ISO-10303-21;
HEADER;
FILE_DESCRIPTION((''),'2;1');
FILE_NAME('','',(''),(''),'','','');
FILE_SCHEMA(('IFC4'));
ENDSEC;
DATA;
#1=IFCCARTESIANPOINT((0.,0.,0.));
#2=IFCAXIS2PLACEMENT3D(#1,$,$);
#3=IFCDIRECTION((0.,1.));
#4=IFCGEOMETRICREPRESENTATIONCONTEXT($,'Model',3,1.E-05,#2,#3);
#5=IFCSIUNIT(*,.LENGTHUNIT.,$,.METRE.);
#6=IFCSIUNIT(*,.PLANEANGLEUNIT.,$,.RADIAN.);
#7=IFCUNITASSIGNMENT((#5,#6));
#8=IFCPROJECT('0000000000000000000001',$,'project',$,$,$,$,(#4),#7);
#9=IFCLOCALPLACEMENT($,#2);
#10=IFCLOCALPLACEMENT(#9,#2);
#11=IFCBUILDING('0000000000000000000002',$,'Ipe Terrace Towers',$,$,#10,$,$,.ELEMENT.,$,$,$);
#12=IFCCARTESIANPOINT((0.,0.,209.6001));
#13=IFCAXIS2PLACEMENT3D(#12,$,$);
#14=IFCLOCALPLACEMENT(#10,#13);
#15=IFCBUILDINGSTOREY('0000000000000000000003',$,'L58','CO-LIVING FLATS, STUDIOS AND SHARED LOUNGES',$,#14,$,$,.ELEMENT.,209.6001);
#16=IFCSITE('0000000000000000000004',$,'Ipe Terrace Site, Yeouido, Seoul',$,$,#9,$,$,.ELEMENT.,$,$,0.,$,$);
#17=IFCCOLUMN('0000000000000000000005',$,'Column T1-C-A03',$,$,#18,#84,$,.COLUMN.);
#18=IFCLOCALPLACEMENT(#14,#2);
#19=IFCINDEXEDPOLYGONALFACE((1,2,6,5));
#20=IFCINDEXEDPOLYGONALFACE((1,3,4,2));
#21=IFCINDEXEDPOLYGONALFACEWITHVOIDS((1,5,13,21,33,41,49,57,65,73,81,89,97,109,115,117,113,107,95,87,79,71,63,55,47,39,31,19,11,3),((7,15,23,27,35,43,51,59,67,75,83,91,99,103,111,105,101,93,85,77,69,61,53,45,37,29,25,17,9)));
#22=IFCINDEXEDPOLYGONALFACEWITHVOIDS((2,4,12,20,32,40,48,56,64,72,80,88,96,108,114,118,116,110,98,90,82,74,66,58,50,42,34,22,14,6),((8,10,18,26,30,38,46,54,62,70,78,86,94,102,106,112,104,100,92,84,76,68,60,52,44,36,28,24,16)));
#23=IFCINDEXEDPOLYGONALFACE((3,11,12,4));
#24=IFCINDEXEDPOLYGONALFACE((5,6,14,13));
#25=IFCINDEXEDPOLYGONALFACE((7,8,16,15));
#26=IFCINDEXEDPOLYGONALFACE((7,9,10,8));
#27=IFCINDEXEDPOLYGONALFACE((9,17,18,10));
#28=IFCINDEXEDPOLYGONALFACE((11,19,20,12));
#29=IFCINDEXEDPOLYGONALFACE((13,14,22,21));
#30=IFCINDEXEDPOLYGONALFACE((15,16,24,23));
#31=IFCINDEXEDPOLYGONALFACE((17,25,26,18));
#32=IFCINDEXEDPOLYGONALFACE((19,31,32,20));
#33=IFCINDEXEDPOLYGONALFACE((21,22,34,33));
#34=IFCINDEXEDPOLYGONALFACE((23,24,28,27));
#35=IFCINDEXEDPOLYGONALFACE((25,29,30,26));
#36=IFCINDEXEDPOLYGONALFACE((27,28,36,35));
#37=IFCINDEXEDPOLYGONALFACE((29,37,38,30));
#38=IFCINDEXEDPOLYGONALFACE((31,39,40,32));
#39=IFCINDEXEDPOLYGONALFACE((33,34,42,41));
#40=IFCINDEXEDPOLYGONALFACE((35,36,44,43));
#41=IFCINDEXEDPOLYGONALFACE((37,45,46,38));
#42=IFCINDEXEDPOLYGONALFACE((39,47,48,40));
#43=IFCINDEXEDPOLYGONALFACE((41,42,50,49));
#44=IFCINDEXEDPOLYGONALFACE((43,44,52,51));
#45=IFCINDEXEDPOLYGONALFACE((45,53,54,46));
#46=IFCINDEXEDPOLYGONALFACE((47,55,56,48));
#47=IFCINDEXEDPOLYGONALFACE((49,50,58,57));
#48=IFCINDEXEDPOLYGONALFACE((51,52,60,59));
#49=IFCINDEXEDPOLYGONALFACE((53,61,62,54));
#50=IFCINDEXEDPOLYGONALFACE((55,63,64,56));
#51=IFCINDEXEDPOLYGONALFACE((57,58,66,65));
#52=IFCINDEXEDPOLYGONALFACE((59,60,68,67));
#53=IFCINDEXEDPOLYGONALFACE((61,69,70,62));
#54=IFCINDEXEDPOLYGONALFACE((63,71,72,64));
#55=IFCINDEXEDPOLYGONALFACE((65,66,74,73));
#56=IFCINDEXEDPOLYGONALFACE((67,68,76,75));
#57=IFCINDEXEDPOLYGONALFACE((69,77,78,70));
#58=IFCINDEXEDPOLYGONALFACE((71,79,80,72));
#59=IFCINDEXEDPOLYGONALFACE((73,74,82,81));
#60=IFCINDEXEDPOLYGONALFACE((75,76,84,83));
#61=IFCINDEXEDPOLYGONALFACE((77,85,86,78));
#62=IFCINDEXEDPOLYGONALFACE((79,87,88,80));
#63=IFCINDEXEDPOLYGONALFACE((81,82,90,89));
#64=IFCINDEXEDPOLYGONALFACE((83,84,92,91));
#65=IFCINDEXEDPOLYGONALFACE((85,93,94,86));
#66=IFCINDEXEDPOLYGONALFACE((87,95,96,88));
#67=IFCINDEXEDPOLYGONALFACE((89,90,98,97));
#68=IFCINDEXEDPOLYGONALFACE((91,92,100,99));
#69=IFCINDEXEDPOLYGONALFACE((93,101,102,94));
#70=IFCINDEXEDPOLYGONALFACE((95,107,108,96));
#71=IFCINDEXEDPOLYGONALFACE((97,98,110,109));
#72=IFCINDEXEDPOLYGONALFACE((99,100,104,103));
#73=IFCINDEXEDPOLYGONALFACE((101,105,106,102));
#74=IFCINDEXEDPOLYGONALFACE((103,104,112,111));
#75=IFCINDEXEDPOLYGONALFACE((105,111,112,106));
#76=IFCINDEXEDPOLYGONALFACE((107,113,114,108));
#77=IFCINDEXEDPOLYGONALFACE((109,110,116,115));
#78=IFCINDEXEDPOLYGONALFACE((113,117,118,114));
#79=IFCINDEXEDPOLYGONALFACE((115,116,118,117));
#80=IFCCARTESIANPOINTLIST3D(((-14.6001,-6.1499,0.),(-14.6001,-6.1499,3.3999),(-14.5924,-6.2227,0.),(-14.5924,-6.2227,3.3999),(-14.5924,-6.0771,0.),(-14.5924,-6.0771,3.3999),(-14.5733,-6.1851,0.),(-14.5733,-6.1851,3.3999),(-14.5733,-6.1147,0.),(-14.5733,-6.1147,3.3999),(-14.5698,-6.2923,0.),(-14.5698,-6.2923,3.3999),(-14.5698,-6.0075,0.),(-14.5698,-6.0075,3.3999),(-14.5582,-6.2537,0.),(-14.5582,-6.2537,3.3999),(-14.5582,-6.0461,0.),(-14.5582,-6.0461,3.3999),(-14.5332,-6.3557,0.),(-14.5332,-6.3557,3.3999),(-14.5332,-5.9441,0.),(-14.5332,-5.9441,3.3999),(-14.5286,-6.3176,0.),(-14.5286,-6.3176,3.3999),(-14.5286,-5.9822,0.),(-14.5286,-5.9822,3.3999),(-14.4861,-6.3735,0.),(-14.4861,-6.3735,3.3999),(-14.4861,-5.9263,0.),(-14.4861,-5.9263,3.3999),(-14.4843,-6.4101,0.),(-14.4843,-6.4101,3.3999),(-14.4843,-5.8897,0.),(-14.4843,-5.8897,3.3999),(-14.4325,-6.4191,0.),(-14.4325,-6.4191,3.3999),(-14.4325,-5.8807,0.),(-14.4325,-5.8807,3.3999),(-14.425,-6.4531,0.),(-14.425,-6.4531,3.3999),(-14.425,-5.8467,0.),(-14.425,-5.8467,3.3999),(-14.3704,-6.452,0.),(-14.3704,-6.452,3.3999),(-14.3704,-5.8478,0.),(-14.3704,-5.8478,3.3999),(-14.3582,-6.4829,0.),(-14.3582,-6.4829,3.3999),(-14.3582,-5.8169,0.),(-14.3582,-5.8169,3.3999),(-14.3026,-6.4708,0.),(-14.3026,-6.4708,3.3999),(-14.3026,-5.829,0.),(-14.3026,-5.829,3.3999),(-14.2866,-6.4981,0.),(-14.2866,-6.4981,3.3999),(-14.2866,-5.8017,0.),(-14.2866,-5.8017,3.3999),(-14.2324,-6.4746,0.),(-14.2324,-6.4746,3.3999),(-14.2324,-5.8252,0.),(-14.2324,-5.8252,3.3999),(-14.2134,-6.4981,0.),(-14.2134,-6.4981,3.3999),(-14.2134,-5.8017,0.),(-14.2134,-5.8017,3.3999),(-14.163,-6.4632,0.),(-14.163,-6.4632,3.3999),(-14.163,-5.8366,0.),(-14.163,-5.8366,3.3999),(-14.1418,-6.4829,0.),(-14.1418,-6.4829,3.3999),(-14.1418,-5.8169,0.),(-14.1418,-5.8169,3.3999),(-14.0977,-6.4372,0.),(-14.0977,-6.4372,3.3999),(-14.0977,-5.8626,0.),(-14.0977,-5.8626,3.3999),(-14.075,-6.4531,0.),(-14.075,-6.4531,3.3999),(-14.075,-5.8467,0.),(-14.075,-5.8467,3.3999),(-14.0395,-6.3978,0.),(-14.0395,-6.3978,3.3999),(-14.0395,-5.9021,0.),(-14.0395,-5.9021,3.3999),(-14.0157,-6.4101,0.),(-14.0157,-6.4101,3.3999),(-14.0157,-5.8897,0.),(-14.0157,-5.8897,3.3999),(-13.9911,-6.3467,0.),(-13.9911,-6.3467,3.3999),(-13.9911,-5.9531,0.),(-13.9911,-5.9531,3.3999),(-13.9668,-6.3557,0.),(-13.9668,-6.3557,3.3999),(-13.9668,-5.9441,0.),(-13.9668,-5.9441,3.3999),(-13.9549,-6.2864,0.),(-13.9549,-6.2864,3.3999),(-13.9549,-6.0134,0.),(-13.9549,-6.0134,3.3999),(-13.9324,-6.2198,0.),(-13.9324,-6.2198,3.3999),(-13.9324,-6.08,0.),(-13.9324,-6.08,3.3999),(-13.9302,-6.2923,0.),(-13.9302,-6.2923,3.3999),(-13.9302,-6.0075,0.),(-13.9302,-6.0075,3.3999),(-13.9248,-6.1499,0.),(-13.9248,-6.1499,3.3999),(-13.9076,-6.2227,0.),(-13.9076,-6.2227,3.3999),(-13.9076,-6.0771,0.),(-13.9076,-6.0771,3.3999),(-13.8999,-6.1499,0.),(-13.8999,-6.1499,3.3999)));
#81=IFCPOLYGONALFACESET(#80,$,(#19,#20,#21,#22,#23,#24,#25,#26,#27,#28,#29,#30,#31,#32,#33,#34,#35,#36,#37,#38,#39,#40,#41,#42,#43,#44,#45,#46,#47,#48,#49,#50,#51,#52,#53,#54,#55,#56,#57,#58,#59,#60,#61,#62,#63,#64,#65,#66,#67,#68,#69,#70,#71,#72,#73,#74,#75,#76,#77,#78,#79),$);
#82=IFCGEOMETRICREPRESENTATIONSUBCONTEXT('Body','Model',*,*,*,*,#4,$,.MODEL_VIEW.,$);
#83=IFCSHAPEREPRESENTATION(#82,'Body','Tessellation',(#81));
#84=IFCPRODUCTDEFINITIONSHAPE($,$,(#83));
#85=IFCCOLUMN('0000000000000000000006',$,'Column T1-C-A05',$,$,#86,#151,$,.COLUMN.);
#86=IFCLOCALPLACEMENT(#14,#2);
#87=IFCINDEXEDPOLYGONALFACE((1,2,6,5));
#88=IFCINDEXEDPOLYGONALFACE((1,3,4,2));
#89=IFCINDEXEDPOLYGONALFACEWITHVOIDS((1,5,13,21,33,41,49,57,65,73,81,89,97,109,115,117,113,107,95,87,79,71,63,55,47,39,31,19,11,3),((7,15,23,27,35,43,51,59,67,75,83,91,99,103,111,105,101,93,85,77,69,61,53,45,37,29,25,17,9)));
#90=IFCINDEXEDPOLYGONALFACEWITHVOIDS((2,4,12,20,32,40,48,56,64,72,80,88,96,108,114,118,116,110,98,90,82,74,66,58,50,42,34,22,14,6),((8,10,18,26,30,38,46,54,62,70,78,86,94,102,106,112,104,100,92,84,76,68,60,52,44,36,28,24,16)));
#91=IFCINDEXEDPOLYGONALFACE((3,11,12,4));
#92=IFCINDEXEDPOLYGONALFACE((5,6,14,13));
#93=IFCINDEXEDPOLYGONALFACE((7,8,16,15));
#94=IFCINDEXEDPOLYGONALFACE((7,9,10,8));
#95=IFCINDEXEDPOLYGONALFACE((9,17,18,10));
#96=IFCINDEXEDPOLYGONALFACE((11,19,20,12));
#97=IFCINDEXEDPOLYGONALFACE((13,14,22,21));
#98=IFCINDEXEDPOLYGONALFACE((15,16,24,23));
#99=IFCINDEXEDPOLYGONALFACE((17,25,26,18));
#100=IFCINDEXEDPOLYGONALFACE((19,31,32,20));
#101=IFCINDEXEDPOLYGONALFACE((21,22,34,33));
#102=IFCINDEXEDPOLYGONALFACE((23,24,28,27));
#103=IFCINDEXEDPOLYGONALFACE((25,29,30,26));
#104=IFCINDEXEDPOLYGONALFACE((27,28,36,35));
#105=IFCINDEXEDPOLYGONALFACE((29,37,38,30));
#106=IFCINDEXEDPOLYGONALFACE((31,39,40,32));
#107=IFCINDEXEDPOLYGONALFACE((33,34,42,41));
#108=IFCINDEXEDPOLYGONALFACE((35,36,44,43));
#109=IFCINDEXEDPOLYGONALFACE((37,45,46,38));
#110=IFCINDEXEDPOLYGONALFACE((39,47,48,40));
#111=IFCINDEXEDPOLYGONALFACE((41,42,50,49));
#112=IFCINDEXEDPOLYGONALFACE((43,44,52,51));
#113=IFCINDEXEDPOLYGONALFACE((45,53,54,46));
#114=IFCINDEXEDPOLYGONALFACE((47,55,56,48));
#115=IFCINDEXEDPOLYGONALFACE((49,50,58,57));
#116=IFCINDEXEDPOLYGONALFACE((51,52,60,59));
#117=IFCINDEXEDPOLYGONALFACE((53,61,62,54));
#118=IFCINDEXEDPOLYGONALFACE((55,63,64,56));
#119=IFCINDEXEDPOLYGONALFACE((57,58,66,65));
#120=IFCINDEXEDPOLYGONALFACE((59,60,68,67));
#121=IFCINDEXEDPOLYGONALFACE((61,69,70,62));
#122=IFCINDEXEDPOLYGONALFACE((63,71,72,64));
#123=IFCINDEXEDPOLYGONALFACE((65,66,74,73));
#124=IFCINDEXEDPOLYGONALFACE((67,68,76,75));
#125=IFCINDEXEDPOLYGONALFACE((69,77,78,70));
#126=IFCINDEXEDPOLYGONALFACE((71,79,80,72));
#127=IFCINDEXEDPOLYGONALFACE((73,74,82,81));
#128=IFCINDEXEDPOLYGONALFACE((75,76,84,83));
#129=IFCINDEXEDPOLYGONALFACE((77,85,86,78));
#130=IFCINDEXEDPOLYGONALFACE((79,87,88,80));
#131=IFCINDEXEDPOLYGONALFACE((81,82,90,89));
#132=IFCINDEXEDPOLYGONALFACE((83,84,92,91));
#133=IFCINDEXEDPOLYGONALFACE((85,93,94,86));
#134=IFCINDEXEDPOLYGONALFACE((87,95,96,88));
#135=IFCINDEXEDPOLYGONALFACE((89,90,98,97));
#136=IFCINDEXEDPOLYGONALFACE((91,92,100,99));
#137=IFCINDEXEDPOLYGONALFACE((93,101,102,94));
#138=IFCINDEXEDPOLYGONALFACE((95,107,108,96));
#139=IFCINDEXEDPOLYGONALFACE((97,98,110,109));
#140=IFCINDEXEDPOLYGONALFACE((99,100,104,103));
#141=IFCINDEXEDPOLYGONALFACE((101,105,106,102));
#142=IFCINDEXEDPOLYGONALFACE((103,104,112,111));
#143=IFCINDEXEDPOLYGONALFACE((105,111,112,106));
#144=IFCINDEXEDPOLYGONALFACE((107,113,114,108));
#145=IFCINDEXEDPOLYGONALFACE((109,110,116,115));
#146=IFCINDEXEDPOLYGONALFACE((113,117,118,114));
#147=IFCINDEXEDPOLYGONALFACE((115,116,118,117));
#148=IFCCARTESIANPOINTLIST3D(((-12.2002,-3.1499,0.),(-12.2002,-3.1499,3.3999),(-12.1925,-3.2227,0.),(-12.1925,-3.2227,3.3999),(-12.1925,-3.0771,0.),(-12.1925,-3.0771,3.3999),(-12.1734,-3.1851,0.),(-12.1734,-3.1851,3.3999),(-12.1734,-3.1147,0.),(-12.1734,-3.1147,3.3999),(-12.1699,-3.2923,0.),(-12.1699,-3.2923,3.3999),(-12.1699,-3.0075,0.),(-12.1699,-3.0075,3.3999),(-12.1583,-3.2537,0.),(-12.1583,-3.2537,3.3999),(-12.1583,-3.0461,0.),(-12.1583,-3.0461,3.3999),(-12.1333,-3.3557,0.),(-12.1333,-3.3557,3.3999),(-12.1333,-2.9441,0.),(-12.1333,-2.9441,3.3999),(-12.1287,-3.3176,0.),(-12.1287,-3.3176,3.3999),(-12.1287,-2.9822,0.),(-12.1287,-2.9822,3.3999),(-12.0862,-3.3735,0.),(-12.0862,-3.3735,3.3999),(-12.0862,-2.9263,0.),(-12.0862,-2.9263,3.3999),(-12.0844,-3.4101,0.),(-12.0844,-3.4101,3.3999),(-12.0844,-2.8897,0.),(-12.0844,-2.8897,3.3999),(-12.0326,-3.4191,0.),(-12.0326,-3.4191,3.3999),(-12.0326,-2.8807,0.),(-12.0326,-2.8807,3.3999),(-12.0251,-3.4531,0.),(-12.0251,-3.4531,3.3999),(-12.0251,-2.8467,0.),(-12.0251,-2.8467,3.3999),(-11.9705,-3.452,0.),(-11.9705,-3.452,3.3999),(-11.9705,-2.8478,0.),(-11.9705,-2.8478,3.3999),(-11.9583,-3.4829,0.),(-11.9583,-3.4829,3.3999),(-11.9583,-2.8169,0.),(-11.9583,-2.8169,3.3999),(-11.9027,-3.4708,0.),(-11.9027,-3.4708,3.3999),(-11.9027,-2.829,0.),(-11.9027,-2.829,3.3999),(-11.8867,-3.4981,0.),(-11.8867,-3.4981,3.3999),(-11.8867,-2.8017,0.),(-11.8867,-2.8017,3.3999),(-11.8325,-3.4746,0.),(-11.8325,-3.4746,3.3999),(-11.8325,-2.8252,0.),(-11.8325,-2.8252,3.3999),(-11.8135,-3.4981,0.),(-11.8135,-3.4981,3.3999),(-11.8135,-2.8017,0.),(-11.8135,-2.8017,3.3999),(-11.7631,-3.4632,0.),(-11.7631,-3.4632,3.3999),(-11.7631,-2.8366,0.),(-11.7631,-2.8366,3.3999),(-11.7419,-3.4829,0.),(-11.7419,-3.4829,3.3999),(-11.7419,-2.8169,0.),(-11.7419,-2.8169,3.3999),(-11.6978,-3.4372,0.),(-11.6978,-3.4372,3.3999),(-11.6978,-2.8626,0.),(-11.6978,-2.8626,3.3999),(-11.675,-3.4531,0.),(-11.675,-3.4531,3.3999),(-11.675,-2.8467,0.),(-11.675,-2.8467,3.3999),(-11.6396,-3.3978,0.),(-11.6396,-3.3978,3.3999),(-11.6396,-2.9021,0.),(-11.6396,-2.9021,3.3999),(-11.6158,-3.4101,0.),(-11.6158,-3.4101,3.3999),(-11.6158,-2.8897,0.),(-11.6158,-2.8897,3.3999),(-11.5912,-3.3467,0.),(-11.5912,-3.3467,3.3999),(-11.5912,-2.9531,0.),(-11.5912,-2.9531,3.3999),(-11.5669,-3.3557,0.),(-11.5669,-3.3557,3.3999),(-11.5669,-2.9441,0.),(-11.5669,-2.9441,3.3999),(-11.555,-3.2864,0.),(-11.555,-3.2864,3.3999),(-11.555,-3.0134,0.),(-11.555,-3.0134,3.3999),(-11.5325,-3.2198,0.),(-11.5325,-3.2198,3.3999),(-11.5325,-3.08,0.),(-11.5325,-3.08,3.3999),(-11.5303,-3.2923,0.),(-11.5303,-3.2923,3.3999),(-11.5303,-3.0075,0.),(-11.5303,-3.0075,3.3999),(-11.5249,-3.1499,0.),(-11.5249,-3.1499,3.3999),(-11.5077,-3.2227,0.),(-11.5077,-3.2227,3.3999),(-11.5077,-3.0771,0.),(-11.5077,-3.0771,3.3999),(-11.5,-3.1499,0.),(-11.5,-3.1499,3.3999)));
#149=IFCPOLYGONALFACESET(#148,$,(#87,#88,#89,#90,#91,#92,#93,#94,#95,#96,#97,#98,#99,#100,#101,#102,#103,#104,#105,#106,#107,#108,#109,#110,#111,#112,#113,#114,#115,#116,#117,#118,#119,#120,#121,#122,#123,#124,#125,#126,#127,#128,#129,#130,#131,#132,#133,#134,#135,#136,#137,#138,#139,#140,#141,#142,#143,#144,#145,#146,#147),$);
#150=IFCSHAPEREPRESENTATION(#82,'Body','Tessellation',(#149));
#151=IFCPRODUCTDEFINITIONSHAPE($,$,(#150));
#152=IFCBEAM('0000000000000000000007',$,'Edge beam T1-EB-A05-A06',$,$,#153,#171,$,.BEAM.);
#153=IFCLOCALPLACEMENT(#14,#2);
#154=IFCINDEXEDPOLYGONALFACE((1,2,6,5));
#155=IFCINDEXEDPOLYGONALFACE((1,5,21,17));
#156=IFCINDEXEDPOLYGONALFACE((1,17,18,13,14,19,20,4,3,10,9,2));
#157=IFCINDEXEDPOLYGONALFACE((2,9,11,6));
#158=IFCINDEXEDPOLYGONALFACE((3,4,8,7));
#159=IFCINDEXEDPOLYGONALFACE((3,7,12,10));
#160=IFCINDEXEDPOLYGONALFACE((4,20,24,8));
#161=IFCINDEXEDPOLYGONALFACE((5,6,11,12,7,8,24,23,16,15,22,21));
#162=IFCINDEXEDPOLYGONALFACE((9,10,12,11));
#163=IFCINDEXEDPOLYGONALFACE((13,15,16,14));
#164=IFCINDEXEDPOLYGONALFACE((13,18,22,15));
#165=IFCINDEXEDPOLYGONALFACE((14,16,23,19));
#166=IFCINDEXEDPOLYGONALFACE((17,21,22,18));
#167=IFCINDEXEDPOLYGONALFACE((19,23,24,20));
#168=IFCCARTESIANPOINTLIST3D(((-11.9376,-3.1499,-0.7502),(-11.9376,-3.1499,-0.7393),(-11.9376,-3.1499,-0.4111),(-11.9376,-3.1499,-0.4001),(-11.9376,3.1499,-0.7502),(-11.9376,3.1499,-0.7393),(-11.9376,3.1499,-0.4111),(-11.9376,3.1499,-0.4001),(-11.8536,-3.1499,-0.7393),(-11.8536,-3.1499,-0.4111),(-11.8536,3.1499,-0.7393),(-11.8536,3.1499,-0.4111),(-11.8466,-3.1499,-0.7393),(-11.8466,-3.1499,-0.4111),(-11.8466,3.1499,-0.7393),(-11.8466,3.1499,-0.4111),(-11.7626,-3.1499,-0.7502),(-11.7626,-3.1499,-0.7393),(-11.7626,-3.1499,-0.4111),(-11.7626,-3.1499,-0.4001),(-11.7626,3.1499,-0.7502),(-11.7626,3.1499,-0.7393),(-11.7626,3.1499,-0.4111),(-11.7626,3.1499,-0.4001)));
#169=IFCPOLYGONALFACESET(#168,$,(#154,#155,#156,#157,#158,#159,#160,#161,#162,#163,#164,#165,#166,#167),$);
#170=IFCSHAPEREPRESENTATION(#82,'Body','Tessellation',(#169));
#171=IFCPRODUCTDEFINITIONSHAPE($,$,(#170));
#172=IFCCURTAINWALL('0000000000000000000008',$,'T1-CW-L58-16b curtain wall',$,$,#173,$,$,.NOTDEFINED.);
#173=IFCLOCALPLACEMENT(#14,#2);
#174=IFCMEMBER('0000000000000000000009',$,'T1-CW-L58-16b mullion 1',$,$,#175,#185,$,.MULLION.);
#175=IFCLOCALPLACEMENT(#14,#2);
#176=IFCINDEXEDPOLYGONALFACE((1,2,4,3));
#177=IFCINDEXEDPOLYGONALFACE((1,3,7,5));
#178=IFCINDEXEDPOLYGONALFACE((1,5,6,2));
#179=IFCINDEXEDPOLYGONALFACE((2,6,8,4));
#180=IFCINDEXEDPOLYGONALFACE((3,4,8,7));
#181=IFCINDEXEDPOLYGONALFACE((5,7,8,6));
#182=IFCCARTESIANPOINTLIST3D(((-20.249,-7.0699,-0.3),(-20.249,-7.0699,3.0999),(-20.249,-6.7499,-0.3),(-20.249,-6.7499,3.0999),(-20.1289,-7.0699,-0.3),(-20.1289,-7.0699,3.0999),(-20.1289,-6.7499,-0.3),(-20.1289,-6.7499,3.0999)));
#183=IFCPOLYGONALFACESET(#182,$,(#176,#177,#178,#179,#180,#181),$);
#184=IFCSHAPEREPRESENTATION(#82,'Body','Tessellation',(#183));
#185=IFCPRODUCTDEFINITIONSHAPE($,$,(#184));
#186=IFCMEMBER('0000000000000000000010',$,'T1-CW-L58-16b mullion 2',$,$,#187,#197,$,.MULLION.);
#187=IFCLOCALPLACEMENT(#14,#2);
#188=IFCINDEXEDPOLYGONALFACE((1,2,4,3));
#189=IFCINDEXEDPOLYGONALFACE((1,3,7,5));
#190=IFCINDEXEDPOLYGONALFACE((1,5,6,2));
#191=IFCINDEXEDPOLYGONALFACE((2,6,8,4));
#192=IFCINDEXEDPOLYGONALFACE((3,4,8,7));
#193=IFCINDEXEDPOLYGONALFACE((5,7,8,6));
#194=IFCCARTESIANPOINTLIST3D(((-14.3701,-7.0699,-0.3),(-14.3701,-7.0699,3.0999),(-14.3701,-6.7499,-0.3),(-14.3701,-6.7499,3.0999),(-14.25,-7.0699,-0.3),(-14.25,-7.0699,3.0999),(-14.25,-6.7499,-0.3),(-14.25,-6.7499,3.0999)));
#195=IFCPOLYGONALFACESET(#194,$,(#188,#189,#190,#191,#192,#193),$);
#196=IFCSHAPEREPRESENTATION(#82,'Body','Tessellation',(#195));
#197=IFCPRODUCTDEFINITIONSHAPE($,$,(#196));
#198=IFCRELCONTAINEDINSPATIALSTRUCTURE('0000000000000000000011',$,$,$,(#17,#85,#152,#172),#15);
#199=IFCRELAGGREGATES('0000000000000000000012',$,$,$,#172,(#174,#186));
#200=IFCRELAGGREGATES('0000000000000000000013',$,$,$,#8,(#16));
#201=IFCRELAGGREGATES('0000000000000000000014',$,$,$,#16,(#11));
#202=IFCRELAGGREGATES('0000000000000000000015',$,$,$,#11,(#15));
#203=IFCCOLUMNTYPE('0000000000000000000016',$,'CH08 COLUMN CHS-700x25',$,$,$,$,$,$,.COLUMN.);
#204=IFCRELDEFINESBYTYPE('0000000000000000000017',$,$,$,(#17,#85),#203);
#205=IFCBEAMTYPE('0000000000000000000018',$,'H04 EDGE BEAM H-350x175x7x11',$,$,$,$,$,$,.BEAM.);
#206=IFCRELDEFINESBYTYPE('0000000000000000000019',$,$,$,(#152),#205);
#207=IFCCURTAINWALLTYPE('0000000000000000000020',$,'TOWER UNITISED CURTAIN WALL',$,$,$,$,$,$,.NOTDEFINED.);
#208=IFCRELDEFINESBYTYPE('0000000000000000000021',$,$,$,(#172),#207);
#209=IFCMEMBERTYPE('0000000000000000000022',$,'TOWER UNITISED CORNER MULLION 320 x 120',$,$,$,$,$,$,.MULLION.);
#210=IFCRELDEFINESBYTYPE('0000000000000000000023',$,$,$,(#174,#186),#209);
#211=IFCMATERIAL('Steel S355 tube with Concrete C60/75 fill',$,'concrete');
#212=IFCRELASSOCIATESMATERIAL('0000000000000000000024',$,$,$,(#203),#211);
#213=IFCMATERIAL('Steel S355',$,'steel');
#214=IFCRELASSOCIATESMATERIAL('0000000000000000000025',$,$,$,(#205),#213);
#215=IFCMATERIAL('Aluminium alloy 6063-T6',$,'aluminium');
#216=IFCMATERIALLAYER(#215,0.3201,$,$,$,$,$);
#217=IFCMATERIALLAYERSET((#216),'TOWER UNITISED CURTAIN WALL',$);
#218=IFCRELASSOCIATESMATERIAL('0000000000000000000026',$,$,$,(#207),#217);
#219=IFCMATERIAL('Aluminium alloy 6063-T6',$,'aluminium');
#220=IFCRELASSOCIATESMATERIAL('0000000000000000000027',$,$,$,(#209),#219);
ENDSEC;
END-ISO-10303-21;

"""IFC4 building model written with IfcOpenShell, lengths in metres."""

from ifc_helpers import new_model, si_unit, direction, frame, origin, origin_2d, place, context, subcontext, project, spatial, rectangle, hollow_circle, i_section, extrude, material, layer, layer_set, material_profile, profile_set, type_object, element, aggregate, save


model = new_model("IFC4")

# Units and contexts
model_context = context("Model", 3, precision=1e-05, world=origin(), true_north=direction((0.0, 1.0)))
body_context = subcontext(model_context, "Body", "Model", "MODEL_VIEW")
ifc_project = project(units=[si_unit("LENGTHUNIT", "METRE"), si_unit("PLANEANGLEUNIT", "RADIAN")], contexts=[model_context])

# Site, building, storey
site_placement = place(None, origin())
site = spatial("IfcSite", under=ifc_project, at=site_placement, Name="Ipe Terrace Site, Yeouido, Seoul", CompositionType="ELEMENT", RefElevation=0.0)
building_placement = place(site_placement, origin())
building = spatial("IfcBuilding", under=site, at=building_placement, Name="Ipe Terrace Towers", CompositionType="ELEMENT")
storey_placement = place(building_placement, frame((0.0, 0.0, 209.6001)))
storey = spatial("IfcBuildingStorey", under=building, at=storey_placement, Name="L58", Description="CO-LIVING FLATS, STUDIOS AND SHARED LOUNGES", CompositionType="ELEMENT", Elevation=209.6001)

# Columns
ifc_material_1 = material(Name="Steel S355 tube with Concrete C60/75 fill", Category="concrete")
ifc_material_profile_1 = material_profile(ifc_material_1, hollow_circle(Radius=0.3501, WallThickness=0.0249, at=origin_2d()), Name="CHS-700x25")
ifc_profile_set_1 = profile_set([ifc_material_profile_1], Name="Steel S355 tube with Concrete C60/75 fill")
column_type = type_object("IfcColumnType", Name="CH08 COLUMN CHS-700x25", PredefinedType="COLUMN", material=ifc_profile_set_1)
for number, where, z_axis, x_axis, name in (
    (1, (-14.25, -6.1499, 0.0), (0.0, 0.0, 1.0), (1.0, 0.0, 0.0), "Column T1-C-A03"),
    (2, (-11.8501, -3.1499, 0.0), (0.0, 0.0, 1.0), (1.0, 0.0, 0.0), "Column T1-C-A05"),
):
    element("IfcColumn", number, at=place(storey_placement, frame(where, z_axis=z_axis, x_axis=x_axis)), inside=storey, type_object=column_type, Name=name, PredefinedType="COLUMN", context=body_context, shape_type="SweptSolid", body=[
        extrude(hollow_circle(Radius=0.3501, WallThickness=0.0249, at=origin_2d()), origin(), (0.0, 0.0, 1.0), 3.3999),
    ])

# Beam
ifc_material_2 = material(Name="Steel S355", Category="steel")
ifc_material_profile_2 = material_profile(ifc_material_2, i_section(OverallWidth=0.175, OverallDepth=0.3501, WebThickness=0.0071, FlangeThickness=0.011, at=origin_2d()), Name="H-350x175x7x11")
ifc_profile_set_2 = profile_set([ifc_material_profile_2], Name="Steel S355")
beam_type = type_object("IfcBeamType", Name="H04 EDGE BEAM H-350x175x7x11", PredefinedType="BEAM", material=ifc_profile_set_2)
beam_placement = place(storey_placement, frame((-11.8501, -3.1499, -0.5752), z_axis=(0.0, 1.0, 0.0), x_axis=(-1.0, 0.0, 0.0)))
element("IfcBeam", 3, at=beam_placement, inside=storey, type_object=beam_type, Name="Edge beam T1-EB-A05-A06", PredefinedType="BEAM", context=body_context, shape_type="SweptSolid", body=[
    extrude(i_section(OverallWidth=0.175, OverallDepth=0.3501, WebThickness=0.0071, FlangeThickness=0.011, at=origin_2d()), origin(), (0.0, 0.0, 1.0), 6.2998),
])

# Curtain wall, members
ifc_material_3 = material(Name="Aluminium alloy 6063-T6", Category="aluminium")
ifc_layer_1 = layer(ifc_material_3, 0.3201)
ifc_layer_set_1 = layer_set([ifc_layer_1], Name="TOWER UNITISED CURTAIN WALL")
curtain_wall_type = type_object("IfcCurtainWallType", Name="TOWER UNITISED CURTAIN WALL", PredefinedType="NOTDEFINED", material=ifc_layer_set_1)
curtain_wall_1_placement = place(storey_placement, origin())
curtain_wall_1 = element("IfcCurtainWall", 4, at=curtain_wall_1_placement, inside=storey, type_object=curtain_wall_type, Name="T1-CW-L58-16b curtain wall", PredefinedType="NOTDEFINED")
ifc_material_4 = material(Name="Aluminium alloy 6063-T6", Category="aluminium")
ifc_material_profile_3 = material_profile(ifc_material_4, rectangle(XDim=0.3201, YDim=0.1201, at=origin_2d()), Name="TOWER UNITISED CORNER MULLION 320 x 120")
ifc_profile_set_3 = profile_set([ifc_material_profile_3], Name="Aluminium alloy 6063-T6")
member_type_1 = type_object("IfcMemberType", Name="TOWER UNITISED CORNER MULLION 320 x 120", PredefinedType="MULLION", material=ifc_profile_set_3)
member_1_placement = place(storey_placement, frame((-20.189, -6.9099, -0.3), z_axis=(0.0, 0.0, 1.0), x_axis=(0.0, -1.0, 0.0)))
member_1 = element("IfcMember", 5, at=member_1_placement, type_object=member_type_1, Name="T1-CW-L58-16b mullion 1", PredefinedType="MULLION", context=body_context, shape_type="SweptSolid", body=[
    extrude(rectangle(XDim=0.3201, YDim=0.1201, at=origin_2d()), origin(), (0.0, 0.0, 1.0), 3.3999),
])
member_2_placement = place(storey_placement, frame((-14.3101, -6.9099, -0.3), z_axis=(0.0, 0.0, 1.0), x_axis=(0.0, -1.0, 0.0)))
member_2 = element("IfcMember", 6, at=member_2_placement, type_object=member_type_1, Name="T1-CW-L58-16b mullion 2", PredefinedType="MULLION", context=body_context, shape_type="SweptSolid", body=[
    extrude(rectangle(XDim=0.3201, YDim=0.1201, at=origin_2d()), origin(), (0.0, 0.0, 1.0), 3.3999),
])

aggregate(curtain_wall_1, [member_1, member_2])

save(model, "model.ifc")
